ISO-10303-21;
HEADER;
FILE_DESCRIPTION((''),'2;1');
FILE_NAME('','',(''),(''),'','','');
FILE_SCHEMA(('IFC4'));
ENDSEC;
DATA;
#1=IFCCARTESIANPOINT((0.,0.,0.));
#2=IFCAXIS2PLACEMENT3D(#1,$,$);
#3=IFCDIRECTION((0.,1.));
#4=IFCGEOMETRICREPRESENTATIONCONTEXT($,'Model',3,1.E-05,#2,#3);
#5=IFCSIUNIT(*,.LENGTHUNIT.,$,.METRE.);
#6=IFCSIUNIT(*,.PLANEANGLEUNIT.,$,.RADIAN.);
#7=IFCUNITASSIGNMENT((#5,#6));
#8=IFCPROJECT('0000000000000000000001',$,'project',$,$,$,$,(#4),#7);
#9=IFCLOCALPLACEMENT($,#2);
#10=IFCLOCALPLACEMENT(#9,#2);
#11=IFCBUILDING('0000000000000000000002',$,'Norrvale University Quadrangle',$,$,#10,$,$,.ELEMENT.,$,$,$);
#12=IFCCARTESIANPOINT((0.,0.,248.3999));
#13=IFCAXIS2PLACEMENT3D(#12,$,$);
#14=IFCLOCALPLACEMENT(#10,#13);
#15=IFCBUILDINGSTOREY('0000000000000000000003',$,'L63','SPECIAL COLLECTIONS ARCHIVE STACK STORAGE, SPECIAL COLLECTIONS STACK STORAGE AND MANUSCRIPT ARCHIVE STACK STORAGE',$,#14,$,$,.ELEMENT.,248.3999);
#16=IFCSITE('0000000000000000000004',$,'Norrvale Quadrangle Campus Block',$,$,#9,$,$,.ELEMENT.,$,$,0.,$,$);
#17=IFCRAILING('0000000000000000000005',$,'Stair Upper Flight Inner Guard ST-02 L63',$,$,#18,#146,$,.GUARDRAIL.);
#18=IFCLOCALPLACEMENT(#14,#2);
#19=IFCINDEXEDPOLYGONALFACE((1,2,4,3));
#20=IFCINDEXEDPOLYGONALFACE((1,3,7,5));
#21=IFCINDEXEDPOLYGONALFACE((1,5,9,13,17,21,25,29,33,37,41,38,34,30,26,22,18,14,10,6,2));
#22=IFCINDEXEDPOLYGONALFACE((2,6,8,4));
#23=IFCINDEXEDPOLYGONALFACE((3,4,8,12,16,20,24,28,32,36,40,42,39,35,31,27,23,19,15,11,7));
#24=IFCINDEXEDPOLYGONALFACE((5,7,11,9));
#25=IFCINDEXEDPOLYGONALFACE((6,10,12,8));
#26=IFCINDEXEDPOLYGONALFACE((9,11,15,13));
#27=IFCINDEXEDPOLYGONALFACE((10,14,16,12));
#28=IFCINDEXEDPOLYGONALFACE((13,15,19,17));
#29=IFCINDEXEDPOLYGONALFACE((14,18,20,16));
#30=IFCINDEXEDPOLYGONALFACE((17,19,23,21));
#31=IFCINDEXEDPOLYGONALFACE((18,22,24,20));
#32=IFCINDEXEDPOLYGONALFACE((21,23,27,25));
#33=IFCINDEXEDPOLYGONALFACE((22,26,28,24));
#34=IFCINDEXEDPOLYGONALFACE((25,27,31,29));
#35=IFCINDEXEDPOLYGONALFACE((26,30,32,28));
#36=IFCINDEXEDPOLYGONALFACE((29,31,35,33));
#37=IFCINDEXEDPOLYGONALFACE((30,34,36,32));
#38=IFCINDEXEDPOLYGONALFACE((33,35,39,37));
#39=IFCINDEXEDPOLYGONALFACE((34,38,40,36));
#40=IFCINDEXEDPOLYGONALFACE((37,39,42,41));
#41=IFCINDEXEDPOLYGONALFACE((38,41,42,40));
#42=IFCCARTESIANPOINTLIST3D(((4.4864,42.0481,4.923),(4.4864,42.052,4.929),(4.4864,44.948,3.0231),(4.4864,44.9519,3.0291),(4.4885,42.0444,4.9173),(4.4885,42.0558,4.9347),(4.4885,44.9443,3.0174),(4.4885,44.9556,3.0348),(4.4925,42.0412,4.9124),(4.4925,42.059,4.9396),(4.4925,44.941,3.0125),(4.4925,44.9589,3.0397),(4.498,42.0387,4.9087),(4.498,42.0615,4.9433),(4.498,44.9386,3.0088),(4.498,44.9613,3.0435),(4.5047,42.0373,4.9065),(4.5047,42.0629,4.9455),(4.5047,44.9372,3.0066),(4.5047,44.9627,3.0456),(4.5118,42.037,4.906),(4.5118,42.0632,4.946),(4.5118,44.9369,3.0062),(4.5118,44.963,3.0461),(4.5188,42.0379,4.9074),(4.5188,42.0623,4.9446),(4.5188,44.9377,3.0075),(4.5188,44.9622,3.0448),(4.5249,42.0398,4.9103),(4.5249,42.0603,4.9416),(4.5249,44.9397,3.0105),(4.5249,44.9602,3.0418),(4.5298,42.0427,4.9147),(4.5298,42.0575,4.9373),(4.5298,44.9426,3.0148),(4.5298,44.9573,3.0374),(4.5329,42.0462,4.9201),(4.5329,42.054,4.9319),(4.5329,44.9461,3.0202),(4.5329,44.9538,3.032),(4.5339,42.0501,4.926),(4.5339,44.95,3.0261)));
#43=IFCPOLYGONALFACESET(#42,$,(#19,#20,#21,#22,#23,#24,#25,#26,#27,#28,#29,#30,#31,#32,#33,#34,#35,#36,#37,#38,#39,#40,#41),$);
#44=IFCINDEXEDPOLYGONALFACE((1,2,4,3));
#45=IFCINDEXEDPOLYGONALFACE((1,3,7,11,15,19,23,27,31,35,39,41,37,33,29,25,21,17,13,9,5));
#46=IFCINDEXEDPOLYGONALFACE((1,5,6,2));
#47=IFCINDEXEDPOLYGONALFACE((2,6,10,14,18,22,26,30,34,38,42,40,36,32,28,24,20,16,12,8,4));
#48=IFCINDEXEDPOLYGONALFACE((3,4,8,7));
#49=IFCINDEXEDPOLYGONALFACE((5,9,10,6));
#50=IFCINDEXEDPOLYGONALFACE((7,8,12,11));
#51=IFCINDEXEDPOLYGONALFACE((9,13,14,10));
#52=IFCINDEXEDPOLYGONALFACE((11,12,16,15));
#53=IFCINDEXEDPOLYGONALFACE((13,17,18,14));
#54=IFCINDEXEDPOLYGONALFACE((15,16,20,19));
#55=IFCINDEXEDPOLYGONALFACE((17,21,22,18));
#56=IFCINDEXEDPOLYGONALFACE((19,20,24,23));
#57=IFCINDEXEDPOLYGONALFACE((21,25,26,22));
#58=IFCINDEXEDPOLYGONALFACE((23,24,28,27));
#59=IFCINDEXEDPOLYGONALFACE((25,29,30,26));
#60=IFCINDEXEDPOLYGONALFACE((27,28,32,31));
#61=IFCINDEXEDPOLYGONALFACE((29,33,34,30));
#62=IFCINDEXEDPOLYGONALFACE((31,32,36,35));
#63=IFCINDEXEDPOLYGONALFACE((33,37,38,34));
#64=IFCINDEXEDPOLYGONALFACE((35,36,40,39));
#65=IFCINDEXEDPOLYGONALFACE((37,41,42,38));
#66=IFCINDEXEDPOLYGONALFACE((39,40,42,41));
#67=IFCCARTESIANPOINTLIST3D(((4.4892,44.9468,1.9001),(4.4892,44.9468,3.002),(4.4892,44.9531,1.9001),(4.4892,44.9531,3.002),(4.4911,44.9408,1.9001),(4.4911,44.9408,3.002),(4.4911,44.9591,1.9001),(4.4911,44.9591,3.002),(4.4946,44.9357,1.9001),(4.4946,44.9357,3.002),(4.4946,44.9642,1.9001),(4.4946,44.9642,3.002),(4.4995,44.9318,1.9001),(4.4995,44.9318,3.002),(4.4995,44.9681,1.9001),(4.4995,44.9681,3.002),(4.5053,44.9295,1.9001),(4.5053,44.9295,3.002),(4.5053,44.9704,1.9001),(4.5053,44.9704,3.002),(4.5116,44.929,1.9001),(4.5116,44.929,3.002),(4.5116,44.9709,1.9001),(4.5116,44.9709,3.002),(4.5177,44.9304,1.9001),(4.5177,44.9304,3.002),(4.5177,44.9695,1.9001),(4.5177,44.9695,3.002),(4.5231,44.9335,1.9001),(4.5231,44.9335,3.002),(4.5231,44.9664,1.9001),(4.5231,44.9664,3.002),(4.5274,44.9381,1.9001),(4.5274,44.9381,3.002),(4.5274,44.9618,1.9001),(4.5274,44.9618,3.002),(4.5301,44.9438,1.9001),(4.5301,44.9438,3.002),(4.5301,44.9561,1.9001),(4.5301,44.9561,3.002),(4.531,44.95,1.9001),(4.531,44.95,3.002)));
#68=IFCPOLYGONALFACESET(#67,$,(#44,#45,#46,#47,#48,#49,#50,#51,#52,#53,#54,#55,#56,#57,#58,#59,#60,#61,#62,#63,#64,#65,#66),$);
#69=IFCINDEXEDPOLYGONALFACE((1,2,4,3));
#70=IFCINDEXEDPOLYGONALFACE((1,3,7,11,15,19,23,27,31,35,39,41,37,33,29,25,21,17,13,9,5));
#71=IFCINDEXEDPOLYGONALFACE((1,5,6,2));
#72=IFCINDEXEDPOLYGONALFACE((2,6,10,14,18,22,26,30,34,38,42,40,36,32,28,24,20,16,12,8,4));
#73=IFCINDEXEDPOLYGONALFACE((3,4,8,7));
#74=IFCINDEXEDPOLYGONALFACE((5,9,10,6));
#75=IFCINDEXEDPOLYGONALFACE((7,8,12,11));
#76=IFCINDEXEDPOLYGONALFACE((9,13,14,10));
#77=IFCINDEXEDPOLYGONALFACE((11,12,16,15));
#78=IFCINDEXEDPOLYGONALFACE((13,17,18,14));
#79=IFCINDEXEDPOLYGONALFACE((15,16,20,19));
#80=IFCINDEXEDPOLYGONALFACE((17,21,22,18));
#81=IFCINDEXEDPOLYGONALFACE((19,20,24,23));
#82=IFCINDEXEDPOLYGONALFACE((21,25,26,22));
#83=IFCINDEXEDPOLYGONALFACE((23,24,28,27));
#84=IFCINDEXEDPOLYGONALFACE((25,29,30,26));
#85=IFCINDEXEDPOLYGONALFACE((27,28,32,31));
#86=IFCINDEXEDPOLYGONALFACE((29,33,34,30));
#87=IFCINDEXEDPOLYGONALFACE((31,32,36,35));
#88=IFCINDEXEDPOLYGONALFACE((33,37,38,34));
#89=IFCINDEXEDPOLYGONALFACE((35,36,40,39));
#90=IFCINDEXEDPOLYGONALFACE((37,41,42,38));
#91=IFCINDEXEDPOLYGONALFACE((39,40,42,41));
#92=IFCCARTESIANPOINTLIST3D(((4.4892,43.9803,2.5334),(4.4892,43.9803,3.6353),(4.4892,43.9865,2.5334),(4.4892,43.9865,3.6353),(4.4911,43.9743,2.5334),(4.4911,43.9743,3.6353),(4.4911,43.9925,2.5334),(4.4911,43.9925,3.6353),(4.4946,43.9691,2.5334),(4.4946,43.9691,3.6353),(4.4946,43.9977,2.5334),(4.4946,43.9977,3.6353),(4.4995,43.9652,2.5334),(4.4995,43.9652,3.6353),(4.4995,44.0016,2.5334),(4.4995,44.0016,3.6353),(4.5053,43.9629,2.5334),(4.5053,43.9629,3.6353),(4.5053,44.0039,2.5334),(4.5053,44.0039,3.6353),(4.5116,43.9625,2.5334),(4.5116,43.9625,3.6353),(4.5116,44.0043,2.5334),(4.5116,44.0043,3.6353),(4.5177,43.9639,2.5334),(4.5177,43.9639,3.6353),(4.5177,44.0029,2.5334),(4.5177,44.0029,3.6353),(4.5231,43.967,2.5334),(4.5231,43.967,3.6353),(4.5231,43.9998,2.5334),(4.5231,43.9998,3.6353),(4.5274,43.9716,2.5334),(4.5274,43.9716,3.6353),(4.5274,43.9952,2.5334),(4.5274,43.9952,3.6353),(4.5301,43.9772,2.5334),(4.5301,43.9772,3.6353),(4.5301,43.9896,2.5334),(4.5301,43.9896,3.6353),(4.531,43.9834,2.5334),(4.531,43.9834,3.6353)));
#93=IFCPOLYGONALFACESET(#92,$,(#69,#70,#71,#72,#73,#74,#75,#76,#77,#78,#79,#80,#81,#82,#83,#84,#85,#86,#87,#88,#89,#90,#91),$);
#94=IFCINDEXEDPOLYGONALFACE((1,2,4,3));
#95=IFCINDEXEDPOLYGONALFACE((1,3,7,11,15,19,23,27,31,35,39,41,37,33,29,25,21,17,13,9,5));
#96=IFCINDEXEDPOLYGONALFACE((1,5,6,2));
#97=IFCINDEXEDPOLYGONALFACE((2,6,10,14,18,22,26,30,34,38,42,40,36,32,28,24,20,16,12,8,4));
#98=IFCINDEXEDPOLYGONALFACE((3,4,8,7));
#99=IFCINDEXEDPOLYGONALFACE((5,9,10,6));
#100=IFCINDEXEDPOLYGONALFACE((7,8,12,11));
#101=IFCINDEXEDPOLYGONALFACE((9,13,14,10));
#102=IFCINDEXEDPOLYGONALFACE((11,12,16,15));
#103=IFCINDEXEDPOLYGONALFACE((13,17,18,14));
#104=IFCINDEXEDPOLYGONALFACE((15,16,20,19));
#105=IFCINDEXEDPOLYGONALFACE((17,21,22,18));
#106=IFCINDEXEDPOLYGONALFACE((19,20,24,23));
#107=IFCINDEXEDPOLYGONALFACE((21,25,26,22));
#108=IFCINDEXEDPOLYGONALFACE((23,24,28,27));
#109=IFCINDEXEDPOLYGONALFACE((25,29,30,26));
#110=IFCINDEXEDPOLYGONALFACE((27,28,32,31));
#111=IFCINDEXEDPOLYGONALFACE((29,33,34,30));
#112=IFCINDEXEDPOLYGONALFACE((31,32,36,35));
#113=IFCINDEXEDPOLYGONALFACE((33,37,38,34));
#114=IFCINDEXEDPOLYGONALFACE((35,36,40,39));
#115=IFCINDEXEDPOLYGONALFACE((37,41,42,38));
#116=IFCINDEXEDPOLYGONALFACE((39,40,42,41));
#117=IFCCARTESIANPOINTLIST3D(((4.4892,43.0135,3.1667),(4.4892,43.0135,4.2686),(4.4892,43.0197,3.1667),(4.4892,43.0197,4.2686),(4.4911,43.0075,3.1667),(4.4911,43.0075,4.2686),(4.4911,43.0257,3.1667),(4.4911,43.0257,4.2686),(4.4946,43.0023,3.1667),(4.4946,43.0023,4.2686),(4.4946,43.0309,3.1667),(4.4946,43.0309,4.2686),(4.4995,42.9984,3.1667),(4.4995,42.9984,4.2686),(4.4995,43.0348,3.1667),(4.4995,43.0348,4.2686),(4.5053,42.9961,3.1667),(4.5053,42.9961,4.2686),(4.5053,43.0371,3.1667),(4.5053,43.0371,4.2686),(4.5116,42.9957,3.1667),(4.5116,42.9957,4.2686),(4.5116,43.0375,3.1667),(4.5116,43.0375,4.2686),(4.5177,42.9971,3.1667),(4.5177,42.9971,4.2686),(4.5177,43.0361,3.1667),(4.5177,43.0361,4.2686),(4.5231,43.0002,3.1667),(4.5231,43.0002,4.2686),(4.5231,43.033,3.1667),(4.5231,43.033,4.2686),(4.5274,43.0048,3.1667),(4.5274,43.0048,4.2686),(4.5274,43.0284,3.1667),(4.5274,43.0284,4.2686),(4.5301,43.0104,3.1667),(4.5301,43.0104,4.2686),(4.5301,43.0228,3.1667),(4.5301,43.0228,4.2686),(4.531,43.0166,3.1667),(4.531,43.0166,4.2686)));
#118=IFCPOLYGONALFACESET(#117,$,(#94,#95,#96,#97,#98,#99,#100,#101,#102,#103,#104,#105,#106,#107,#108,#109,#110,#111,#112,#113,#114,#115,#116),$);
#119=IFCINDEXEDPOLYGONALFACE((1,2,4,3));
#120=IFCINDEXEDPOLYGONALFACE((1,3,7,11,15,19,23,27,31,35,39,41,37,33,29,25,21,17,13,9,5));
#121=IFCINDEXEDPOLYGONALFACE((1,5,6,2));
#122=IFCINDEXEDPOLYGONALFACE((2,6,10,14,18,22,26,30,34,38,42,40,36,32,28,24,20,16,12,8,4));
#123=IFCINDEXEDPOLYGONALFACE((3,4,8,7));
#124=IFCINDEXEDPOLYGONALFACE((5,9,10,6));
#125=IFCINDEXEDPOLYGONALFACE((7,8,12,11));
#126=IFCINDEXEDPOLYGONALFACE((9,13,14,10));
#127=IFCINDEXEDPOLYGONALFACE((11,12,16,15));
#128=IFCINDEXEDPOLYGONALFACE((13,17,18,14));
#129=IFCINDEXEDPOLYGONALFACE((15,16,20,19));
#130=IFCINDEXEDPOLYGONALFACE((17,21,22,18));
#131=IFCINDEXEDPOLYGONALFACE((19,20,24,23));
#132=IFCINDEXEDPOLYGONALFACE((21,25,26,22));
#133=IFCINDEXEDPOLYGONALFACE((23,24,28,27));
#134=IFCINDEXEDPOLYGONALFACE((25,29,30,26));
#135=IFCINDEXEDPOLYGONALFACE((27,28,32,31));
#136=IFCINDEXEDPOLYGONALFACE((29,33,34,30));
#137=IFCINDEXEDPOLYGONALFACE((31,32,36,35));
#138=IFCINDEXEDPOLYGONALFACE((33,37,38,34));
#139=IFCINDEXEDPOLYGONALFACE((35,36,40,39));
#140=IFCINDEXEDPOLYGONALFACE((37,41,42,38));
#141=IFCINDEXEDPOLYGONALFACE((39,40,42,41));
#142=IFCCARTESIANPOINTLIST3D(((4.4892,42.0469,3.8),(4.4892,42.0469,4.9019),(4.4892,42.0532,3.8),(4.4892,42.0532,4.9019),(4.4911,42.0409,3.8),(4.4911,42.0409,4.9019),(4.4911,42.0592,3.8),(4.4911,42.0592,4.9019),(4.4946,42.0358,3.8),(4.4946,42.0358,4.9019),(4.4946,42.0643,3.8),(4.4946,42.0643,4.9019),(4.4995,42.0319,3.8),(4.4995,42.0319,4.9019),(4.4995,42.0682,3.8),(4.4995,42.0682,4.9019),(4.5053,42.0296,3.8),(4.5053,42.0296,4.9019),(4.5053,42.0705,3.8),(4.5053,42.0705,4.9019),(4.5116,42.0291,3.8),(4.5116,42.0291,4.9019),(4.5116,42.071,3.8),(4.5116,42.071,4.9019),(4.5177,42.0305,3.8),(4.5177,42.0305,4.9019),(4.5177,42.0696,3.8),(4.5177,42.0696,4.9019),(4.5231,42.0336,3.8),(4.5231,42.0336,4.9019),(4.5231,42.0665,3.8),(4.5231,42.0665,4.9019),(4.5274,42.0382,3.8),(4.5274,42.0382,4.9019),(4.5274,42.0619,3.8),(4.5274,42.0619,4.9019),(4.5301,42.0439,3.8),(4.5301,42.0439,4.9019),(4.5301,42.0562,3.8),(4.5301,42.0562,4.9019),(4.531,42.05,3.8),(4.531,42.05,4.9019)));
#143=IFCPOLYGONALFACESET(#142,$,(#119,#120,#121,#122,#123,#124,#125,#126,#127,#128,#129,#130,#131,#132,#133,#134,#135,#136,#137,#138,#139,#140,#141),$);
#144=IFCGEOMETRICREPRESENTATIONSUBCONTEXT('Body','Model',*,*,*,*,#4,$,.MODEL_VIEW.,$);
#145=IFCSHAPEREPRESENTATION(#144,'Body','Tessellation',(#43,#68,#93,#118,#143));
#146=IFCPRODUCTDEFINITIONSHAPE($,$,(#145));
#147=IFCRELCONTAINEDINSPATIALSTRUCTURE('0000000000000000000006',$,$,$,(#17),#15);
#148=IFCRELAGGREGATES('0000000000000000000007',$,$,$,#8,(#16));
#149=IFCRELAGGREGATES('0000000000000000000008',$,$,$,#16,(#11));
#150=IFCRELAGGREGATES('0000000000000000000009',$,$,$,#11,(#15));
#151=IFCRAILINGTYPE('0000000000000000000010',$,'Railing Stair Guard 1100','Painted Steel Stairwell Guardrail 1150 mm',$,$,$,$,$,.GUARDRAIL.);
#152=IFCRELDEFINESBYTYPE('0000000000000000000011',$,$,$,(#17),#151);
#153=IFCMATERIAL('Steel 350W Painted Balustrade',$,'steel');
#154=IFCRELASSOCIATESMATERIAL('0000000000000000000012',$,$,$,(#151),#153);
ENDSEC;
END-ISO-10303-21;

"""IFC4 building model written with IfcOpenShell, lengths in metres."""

from ifc_helpers import new_model, si_unit, direction, frame, origin, origin_2d, place, context, subcontext, project, spatial, circle, extrude, material, type_object, element, save


model = new_model("IFC4")

# Units and contexts
model_context = context("Model", 3, precision=1e-05, world=origin(), true_north=direction((0.0, 1.0)))
body_context = subcontext(model_context, "Body", "Model", "MODEL_VIEW")
ifc_project = project(units=[si_unit("LENGTHUNIT", "METRE"), si_unit("PLANEANGLEUNIT", "RADIAN")], contexts=[model_context])

# Site, building, storey
site_placement = place(None, origin())
site = spatial("IfcSite", under=ifc_project, at=site_placement, Name="Norrvale Quadrangle Campus Block", CompositionType="ELEMENT", RefElevation=0.0)
building_placement = place(site_placement, origin())
building = spatial("IfcBuilding", under=site, at=building_placement, Name="Norrvale University Quadrangle", CompositionType="ELEMENT")
storey_placement = place(building_placement, frame((0.0, 0.0, 248.3999)))
storey = spatial("IfcBuildingStorey", under=building, at=storey_placement, Name="L63", Description="SPECIAL COLLECTIONS ARCHIVE STACK STORAGE, SPECIAL COLLECTIONS STACK STORAGE AND MANUSCRIPT ARCHIVE STACK STORAGE", CompositionType="ELEMENT", Elevation=248.3999)

# Railing
ifc_material_1 = material(Name="Steel 350W Painted Balustrade", Category="steel")
railing_type_1 = type_object("IfcRailingType", Name="Railing Stair Guard 1100", Description="Painted Steel Stairwell Guardrail 1150 mm", PredefinedType="GUARDRAIL", material=ifc_material_1)
railing_1_placement = place(storey_placement, frame((4.51, 44.95, 1.9001)))
element("IfcRailing", 1, at=railing_1_placement, inside=storey, type_object=railing_type_1, Name="Stair Upper Flight Inner Guard ST-02 L63", PredefinedType="GUARDRAIL", context=body_context, shape_type="SweptSolid", body=[
    extrude(circle(Radius=0.0239, at=origin_2d()), frame((0.0, 0.0, 1.126), z_axis=(0.0, -0.836466, 0.548019), x_axis=(1.0, 0.0, 0.0)), (0.0, 0.0, 1.0), 3.4668),
    extrude(circle(Radius=0.021, at=origin_2d()), origin(), (0.0, 0.0, 1.0), 1.1018),
    extrude(circle(Radius=0.021, at=origin_2d()), frame((0.0, -0.9666, 0.6333)), (0.0, 0.0, 1.0), 1.1018),
    extrude(circle(Radius=0.021, at=origin_2d()), frame((0.0, -1.9333, 1.2666)), (0.0, 0.0, 1.0), 1.1018),
    extrude(circle(Radius=0.021, at=origin_2d()), frame((0.0, -2.8999, 1.8999)), (0.0, 0.0, 1.0), 1.1018),
])

save(model, "model.ifc")
